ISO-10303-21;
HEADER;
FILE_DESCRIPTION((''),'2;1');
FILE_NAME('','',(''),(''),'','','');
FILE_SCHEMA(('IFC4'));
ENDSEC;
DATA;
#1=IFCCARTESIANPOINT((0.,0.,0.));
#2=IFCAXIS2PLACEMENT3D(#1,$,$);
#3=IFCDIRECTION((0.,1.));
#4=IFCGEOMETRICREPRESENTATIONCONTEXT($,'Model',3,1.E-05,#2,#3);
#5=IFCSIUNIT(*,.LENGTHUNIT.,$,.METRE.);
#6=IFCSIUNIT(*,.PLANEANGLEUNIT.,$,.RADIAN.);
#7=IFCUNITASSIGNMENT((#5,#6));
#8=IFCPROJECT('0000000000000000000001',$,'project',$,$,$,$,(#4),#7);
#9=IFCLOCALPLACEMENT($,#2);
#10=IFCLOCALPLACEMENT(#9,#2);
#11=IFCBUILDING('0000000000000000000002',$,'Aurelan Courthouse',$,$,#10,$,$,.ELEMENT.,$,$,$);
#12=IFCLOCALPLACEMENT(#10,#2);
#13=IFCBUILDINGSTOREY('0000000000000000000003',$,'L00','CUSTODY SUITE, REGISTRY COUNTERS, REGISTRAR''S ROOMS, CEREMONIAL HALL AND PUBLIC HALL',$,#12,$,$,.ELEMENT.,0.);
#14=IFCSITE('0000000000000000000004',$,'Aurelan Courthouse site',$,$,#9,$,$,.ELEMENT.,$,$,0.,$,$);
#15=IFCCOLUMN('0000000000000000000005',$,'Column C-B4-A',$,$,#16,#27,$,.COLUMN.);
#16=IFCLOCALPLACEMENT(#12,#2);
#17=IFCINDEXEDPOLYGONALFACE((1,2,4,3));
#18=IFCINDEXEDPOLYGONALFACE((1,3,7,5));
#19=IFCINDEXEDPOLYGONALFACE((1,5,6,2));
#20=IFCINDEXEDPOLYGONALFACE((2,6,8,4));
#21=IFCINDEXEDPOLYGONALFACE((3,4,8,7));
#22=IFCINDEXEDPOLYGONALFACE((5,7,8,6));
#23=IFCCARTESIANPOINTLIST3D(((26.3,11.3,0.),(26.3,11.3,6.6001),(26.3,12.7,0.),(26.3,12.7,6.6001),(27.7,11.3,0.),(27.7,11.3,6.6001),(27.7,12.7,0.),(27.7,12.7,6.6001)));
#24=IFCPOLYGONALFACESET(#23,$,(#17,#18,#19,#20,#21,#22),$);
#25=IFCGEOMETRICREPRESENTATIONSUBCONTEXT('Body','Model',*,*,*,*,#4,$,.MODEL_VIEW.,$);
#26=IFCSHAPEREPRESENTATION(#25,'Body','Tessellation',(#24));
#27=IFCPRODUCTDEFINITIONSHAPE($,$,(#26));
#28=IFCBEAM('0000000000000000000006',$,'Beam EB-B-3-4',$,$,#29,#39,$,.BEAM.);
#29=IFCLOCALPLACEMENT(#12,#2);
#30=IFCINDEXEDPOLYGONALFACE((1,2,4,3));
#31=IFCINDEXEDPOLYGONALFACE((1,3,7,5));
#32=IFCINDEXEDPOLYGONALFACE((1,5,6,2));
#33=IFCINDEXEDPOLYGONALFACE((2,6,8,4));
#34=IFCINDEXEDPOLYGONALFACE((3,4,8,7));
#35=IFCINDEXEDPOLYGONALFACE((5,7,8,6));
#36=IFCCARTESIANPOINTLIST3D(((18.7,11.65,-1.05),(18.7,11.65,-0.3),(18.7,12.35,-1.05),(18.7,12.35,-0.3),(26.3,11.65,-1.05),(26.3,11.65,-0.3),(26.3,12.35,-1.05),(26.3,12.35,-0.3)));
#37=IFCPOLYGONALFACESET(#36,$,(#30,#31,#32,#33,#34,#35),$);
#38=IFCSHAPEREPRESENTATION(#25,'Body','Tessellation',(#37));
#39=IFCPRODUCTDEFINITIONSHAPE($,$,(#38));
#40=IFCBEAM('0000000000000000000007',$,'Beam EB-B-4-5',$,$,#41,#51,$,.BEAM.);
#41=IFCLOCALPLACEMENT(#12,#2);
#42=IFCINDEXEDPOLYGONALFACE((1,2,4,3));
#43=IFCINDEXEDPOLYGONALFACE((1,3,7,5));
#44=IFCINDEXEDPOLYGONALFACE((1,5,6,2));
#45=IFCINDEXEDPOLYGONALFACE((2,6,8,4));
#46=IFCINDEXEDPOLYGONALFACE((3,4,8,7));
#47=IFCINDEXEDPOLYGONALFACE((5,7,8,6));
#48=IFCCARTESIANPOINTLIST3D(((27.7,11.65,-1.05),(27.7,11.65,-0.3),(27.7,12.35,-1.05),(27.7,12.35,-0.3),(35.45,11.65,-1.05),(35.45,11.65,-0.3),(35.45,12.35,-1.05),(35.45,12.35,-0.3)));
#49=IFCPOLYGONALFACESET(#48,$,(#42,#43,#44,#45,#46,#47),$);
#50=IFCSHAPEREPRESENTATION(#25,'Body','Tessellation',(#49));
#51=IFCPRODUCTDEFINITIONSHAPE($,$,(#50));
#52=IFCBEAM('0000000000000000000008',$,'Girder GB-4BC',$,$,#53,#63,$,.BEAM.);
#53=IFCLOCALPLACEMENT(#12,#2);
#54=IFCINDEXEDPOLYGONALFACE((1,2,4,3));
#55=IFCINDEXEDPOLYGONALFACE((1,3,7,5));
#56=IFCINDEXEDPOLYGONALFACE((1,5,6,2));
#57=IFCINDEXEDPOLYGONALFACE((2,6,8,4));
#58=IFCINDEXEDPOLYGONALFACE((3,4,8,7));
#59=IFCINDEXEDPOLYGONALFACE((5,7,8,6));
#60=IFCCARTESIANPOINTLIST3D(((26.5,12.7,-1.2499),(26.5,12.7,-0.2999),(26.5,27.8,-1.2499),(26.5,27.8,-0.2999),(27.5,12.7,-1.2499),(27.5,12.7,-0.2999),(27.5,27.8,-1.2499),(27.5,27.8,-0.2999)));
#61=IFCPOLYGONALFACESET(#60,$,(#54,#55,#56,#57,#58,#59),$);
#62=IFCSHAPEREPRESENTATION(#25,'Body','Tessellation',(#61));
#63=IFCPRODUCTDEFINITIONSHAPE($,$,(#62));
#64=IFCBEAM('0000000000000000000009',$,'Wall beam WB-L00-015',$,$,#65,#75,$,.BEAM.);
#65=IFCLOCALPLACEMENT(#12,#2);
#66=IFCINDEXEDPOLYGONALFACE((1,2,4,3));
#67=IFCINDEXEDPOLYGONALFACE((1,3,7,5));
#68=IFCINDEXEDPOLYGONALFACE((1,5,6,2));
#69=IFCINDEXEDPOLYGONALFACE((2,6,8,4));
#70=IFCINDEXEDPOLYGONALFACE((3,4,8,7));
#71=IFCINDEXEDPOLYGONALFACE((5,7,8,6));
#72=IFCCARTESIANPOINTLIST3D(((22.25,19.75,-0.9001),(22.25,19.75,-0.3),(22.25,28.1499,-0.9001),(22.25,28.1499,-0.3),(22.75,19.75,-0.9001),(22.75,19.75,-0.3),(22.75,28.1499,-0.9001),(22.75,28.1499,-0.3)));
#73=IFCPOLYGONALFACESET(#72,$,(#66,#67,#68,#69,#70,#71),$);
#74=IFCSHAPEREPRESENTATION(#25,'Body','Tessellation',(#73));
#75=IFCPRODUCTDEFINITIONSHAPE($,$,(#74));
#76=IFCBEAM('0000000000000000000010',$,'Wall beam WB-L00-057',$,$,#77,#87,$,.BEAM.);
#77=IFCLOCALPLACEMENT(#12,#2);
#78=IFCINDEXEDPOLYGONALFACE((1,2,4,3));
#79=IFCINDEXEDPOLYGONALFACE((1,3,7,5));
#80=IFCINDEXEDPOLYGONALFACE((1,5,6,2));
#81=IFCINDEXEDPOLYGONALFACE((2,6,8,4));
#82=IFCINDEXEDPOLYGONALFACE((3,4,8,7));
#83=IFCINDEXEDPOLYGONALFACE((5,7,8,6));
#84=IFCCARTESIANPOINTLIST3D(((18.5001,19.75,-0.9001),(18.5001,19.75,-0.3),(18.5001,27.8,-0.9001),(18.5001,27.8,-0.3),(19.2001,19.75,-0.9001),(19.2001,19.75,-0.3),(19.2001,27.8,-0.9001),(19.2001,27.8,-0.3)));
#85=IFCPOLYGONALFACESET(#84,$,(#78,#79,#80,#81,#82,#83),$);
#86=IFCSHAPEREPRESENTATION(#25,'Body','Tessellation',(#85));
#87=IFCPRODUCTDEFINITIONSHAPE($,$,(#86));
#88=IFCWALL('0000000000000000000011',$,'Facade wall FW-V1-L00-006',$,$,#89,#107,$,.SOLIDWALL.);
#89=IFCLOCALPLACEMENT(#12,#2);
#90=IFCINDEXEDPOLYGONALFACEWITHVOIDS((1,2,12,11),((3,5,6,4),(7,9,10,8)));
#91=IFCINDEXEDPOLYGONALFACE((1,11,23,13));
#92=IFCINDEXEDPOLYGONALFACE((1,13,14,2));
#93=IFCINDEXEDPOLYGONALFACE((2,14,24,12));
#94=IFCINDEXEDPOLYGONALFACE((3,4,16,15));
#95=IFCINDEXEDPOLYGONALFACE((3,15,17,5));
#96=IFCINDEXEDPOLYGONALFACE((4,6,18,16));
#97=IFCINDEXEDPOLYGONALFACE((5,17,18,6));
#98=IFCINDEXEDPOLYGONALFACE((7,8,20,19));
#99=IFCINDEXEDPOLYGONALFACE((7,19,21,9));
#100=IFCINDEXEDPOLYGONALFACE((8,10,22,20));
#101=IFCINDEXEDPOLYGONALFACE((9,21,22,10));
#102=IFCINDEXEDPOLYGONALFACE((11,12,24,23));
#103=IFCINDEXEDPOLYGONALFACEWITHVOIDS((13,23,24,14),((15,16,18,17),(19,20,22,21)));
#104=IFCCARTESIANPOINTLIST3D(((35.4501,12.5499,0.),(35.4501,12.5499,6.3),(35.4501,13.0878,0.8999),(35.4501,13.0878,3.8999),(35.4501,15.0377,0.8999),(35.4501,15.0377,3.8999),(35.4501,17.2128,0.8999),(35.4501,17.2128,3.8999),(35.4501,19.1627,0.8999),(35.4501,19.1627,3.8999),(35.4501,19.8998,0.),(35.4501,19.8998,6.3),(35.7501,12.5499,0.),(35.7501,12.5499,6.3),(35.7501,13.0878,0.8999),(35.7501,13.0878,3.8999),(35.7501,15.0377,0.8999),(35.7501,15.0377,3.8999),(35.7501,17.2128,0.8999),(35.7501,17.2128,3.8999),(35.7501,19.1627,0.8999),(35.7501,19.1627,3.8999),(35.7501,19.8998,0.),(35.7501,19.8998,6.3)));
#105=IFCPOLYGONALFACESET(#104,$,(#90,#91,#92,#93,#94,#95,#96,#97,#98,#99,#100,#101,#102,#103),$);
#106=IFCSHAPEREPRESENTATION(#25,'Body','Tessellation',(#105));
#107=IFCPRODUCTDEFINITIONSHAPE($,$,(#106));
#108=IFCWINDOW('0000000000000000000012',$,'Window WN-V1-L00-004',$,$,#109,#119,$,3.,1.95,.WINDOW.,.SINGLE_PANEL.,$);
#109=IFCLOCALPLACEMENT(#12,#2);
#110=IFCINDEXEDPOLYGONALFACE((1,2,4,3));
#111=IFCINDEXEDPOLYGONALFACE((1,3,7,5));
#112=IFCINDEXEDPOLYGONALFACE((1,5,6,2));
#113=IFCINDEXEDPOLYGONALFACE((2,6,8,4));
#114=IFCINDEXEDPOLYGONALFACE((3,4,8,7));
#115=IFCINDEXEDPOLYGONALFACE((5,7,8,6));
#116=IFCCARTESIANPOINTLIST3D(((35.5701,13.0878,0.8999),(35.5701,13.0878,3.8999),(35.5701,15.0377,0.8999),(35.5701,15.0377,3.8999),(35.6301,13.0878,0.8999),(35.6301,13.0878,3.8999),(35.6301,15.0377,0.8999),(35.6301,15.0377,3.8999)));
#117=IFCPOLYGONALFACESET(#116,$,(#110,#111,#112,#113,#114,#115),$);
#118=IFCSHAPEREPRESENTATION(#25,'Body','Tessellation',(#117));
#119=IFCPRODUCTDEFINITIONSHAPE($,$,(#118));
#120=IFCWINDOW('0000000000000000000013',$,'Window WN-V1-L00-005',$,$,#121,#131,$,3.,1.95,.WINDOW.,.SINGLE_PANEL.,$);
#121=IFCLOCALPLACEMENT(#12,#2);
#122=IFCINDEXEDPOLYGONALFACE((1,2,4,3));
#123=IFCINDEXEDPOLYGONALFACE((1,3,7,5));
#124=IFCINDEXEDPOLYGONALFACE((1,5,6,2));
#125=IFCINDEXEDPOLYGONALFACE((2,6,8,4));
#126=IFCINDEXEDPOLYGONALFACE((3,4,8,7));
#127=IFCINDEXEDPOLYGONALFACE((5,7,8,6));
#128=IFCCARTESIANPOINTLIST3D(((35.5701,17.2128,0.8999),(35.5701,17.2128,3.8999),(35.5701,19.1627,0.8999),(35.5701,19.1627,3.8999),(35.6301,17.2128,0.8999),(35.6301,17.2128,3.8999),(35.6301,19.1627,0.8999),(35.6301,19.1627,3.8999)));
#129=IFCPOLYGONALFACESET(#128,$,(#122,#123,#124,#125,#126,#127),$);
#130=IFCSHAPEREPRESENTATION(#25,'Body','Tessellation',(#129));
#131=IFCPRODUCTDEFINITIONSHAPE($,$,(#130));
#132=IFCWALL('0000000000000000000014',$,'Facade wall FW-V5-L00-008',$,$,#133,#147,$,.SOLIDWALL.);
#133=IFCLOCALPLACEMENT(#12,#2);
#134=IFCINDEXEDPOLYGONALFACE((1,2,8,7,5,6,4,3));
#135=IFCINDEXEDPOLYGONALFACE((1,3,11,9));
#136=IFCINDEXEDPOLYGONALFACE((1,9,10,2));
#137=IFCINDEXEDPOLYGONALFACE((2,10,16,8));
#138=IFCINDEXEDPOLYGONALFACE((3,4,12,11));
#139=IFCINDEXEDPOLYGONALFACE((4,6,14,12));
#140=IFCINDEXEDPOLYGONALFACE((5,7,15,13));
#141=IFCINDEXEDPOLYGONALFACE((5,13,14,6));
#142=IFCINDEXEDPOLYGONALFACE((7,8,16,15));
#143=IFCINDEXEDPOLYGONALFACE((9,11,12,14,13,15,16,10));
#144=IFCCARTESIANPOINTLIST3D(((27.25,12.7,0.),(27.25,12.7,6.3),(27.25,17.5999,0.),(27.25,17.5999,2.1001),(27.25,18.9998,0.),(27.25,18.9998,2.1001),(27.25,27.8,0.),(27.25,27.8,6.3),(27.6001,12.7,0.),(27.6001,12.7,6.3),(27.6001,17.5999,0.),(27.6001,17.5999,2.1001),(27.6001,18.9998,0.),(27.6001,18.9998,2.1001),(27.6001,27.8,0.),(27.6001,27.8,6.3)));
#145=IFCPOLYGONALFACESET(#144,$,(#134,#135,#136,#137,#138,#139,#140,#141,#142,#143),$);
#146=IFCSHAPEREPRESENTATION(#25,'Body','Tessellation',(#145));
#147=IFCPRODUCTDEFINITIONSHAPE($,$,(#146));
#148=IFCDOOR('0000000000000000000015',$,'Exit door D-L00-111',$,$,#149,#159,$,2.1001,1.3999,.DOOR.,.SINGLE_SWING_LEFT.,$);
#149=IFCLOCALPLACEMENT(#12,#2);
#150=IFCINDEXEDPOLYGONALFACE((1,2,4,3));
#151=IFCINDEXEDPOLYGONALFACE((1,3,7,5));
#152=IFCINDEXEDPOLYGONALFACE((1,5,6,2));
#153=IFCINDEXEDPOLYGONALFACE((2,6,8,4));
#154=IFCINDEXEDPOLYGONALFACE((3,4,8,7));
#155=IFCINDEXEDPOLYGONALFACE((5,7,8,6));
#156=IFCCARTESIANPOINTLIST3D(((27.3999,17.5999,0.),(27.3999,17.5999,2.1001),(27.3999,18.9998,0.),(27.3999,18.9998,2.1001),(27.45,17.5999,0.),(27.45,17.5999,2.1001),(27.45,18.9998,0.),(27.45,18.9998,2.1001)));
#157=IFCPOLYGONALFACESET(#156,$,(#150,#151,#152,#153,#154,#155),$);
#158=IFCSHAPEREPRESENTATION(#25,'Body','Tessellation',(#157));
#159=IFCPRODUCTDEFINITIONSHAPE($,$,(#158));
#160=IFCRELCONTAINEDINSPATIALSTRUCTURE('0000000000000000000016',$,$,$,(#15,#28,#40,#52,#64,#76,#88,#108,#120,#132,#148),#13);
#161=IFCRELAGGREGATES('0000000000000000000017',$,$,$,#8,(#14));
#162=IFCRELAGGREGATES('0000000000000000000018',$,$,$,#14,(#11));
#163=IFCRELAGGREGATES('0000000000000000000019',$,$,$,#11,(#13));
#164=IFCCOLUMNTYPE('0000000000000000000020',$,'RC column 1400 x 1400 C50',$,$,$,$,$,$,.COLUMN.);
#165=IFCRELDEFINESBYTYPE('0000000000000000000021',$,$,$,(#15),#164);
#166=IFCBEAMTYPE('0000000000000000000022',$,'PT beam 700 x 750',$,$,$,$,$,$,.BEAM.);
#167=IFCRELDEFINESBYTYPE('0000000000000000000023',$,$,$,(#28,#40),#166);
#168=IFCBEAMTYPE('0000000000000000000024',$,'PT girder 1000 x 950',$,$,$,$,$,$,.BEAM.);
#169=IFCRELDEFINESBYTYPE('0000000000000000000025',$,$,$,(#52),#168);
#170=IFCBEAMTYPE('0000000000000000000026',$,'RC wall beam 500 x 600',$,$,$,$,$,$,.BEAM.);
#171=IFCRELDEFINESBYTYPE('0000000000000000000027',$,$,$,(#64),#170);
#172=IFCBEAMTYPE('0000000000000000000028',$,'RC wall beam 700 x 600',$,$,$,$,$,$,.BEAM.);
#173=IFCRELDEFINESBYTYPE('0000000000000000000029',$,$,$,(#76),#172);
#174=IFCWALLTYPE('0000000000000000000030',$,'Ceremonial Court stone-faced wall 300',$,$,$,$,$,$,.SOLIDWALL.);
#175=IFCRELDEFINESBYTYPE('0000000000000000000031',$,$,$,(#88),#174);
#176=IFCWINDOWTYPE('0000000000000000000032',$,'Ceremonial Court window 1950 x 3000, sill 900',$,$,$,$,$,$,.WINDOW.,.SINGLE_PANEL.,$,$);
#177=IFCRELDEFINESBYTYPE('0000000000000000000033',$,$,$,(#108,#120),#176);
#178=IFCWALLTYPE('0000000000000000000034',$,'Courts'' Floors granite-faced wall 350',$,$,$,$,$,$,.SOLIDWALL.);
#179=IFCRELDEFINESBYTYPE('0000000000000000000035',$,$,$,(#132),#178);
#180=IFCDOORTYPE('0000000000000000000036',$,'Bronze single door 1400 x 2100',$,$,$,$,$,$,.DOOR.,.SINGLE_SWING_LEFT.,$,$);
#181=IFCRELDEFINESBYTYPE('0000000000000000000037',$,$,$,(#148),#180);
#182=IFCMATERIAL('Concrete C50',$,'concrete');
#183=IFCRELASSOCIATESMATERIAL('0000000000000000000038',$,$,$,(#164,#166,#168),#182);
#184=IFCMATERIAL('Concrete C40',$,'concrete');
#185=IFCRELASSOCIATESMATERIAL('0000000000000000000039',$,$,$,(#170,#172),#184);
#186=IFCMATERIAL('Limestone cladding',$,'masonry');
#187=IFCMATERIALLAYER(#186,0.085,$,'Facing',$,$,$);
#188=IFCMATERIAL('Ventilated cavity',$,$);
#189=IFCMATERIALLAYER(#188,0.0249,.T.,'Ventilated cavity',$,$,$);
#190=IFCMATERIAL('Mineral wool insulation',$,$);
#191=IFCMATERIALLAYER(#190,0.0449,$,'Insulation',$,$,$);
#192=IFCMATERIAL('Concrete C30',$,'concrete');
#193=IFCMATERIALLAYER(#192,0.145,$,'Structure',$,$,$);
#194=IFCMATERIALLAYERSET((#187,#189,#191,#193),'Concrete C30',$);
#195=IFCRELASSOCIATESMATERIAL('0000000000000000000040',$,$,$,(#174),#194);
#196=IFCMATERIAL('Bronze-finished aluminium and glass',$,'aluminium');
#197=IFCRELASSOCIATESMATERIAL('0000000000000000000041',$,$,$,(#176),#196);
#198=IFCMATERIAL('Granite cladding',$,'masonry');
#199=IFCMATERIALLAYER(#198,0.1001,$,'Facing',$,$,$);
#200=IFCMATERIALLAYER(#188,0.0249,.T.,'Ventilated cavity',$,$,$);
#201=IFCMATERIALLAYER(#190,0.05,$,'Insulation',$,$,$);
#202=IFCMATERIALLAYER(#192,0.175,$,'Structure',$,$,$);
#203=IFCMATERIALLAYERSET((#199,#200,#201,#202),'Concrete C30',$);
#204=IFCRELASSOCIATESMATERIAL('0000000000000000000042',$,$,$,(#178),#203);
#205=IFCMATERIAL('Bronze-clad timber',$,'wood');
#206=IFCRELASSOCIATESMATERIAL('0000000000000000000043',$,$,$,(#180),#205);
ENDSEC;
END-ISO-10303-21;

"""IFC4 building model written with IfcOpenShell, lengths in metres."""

from ifc_helpers import new_model, si_unit, direction, frame, frame_2d, origin, origin_2d, place, context, subcontext, project, spatial, rectangle, extrude, material, layer, layer_set, material_profile, profile_set, type_object, element, fill, save


model = new_model("IFC4")

# Units and contexts
model_context = context("Model", 3, precision=1e-05, world=origin(), true_north=direction((0.0, 1.0)))
body_context = subcontext(model_context, "Body", "Model", "MODEL_VIEW")
ifc_project = project(units=[si_unit("LENGTHUNIT", "METRE"), si_unit("PLANEANGLEUNIT", "RADIAN")], contexts=[model_context])

# Site, building, storey
site_placement = place(None, origin())
site = spatial("IfcSite", under=ifc_project, at=site_placement, Name="Aurelan Courthouse site", CompositionType="ELEMENT", RefElevation=0.0)
building_placement = place(site_placement, origin())
building = spatial("IfcBuilding", under=site, at=building_placement, Name="Aurelan Courthouse", CompositionType="ELEMENT")
storey_placement = place(building_placement, origin())
storey = spatial("IfcBuildingStorey", under=building, at=storey_placement, Name="L00", Description="CUSTODY SUITE, REGISTRY COUNTERS, REGISTRAR'S ROOMS, CEREMONIAL HALL AND PUBLIC HALL", CompositionType="ELEMENT", Elevation=0.0)

# Column
ifc_material_1 = material(Name="Concrete C50", Category="concrete")
ifc_material_profile_1 = material_profile(ifc_material_1, rectangle(XDim=1.3999, YDim=1.3999, at=origin_2d()), Name="RC 1400 x 1400")
ifc_profile_set_1 = profile_set([ifc_material_profile_1], Name="Concrete C50")
column_type = type_object("IfcColumnType", Name="RC column 1400 x 1400 C50", PredefinedType="COLUMN", material=ifc_profile_set_1)
column_placement = place(storey_placement, frame((27.0, 12.0, 0.0), z_axis=(0.0, 0.0, 1.0), x_axis=(1.0, 0.0, 0.0)))
element("IfcColumn", 1, at=column_placement, inside=storey, type_object=column_type, Name="Column C-B4-A", PredefinedType="COLUMN", context=body_context, shape_type="SweptSolid", body=[
    extrude(rectangle(XDim=1.3999, YDim=1.3999, at=origin_2d()), origin(), (0.0, 0.0, 1.0), 6.6001),
])

# Beams
ifc_material_profile_2 = material_profile(ifc_material_1, rectangle(XDim=0.7, YDim=0.75, at=origin_2d()), Name="RC 700 x 750")
ifc_profile_set_2 = profile_set([ifc_material_profile_2], Name="Concrete C50")
beam_type_1 = type_object("IfcBeamType", Name="PT beam 700 x 750", PredefinedType="BEAM", material=ifc_profile_set_2)
beam_1_placement = place(storey_placement, frame((18.7, 12.0, -0.675), z_axis=(1.0, 0.0, 0.0), x_axis=(0.0, 1.0, 0.0)))
element("IfcBeam", 2, at=beam_1_placement, inside=storey, type_object=beam_type_1, Name="Beam EB-B-3-4", PredefinedType="BEAM", context=body_context, shape_type="SweptSolid", body=[
    extrude(rectangle(XDim=0.7, YDim=0.75, at=origin_2d()), origin(), (0.0, 0.0, 1.0), 7.6001),
])
beam_2_placement = place(storey_placement, frame((27.7, 12.0, -0.675), z_axis=(1.0, 0.0, 0.0), x_axis=(0.0, 1.0, 0.0)))
element("IfcBeam", 3, at=beam_2_placement, inside=storey, type_object=beam_type_1, Name="Beam EB-B-4-5", PredefinedType="BEAM", context=body_context, shape_type="SweptSolid", body=[
    extrude(rectangle(XDim=0.7, YDim=0.75, at=origin_2d()), origin(), (0.0, 0.0, 1.0), 7.75),
])
ifc_material_profile_3 = material_profile(ifc_material_1, rectangle(XDim=1.0, YDim=0.95, at=origin_2d()), Name="RC 1000 x 950")
ifc_profile_set_3 = profile_set([ifc_material_profile_3], Name="Concrete C50")
beam_type_2 = type_object("IfcBeamType", Name="PT girder 1000 x 950", PredefinedType="BEAM", material=ifc_profile_set_3)
beam_3_placement = place(storey_placement, frame((27.0, 12.7, -0.7749), z_axis=(0.0, 1.0, 0.0), x_axis=(-1.0, 0.0, 0.0)))
element("IfcBeam", 4, at=beam_3_placement, inside=storey, type_object=beam_type_2, Name="Girder GB-4BC", PredefinedType="BEAM", context=body_context, shape_type="SweptSolid", body=[
    extrude(rectangle(XDim=1.0, YDim=0.95, at=origin_2d()), origin(), (0.0, 0.0, 1.0), 15.1001),
])
ifc_material_2 = material(Name="Concrete C40", Category="concrete")
ifc_material_profile_4 = material_profile(ifc_material_2, rectangle(XDim=0.5, YDim=0.6001, at=origin_2d()), Name="RC 500 x 600")
ifc_profile_set_4 = profile_set([ifc_material_profile_4], Name="Concrete C40")
beam_type_3 = type_object("IfcBeamType", Name="RC wall beam 500 x 600", PredefinedType="BEAM", material=ifc_profile_set_4)
beam_4_placement = place(storey_placement, frame((22.5, 19.75, -0.6001), z_axis=(0.0, 1.0, 0.0), x_axis=(-1.0, 0.0, 0.0)))
element("IfcBeam", 5, at=beam_4_placement, inside=storey, type_object=beam_type_3, Name="Wall beam WB-L00-015", PredefinedType="BEAM", context=body_context, shape_type="SweptSolid", body=[
    extrude(rectangle(XDim=0.5, YDim=0.6001, at=origin_2d()), origin(), (0.0, 0.0, 1.0), 8.3999),
])
ifc_material_profile_5 = material_profile(ifc_material_2, rectangle(XDim=0.7, YDim=0.6001, at=origin_2d()), Name="RC 700 x 600")
ifc_profile_set_5 = profile_set([ifc_material_profile_5], Name="Concrete C40")
beam_type_4 = type_object("IfcBeamType", Name="RC wall beam 700 x 600", PredefinedType="BEAM", material=ifc_profile_set_5)
beam_5_placement = place(storey_placement, frame((18.8501, 19.75, -0.6001), z_axis=(0.0, 1.0, 0.0), x_axis=(-1.0, 0.0, 0.0)))
element("IfcBeam", 6, at=beam_5_placement, inside=storey, type_object=beam_type_4, Name="Wall beam WB-L00-057", PredefinedType="BEAM", context=body_context, shape_type="SweptSolid", body=[
    extrude(rectangle(XDim=0.7, YDim=0.6001, at=origin_2d()), origin(), (0.0, 0.0, 1.0), 8.05),
])

# Wall, openings, windows
ifc_material_3 = material(Name="Limestone cladding", Category="masonry")
ifc_layer_1 = layer(ifc_material_3, 0.085, Name="Facing")
ifc_material_4 = material(Name="Ventilated cavity")
ifc_layer_2 = layer(ifc_material_4, 0.0249, ventilated=True, Name="Ventilated cavity")
ifc_material_5 = material(Name="Mineral wool insulation")
ifc_layer_3 = layer(ifc_material_5, 0.0449, Name="Insulation")
ifc_material_6 = material(Name="Concrete C30", Category="concrete")
ifc_layer_4 = layer(ifc_material_6, 0.145, Name="Structure")
ifc_layer_set_1 = layer_set([ifc_layer_1, ifc_layer_2, ifc_layer_3, ifc_layer_4], Name="Concrete C30")
wall_type_1 = type_object("IfcWallType", Name="Ceremonial Court stone-faced wall 300", PredefinedType="SOLIDWALL", material=ifc_layer_set_1)
wall_1_placement = place(storey_placement, frame((35.6001, 12.55, 0.0), z_axis=(0.0, 0.0, 1.0), x_axis=(0.0, 1.0, 0.0)))
wall_1 = element("IfcWall", 7, at=wall_1_placement, inside=storey, type_object=wall_type_1, Name="Facade wall FW-V1-L00-006", PredefinedType="SOLIDWALL", context=body_context, shape_type="SweptSolid", body=[
    extrude(rectangle(XDim=7.3499, YDim=0.3, at=frame_2d((3.6748, 0.0))), origin(), (0.0, 0.0, 1.0), 6.3),
])
opening_1_placement = place(wall_1_placement, frame((0.5376, 0.0, 0.8999)))
opening_1 = element("IfcOpeningElement", 8, at=opening_1_placement, cuts=wall_1, PredefinedType="OPENING", context=body_context, shape_type="SweptSolid", body=[
    extrude(rectangle(XDim=1.95, YDim=3.0, at=frame_2d((0.9751, 1.5))), frame((0.0, 0.1599, 0.0), z_axis=(0.0, -1.0, 0.0), x_axis=(1.0, 0.0, 0.0)), (0.0, 0.0, 1.0), 0.3201),
])
opening_2_placement = place(wall_1_placement, frame((4.6626, 0.0, 0.8999)))
opening_2 = element("IfcOpeningElement", 9, at=opening_2_placement, cuts=wall_1, PredefinedType="OPENING", context=body_context, shape_type="SweptSolid", body=[
    extrude(rectangle(XDim=1.95, YDim=3.0, at=frame_2d((0.9751, 1.5))), frame((0.0, 0.1599, 0.0), z_axis=(0.0, -1.0, 0.0), x_axis=(1.0, 0.0, 0.0)), (0.0, 0.0, 1.0), 0.3201),
])
ifc_material_7 = material(Name="Bronze-finished aluminium and glass", Category="aluminium")
window_type = type_object("IfcWindowType", Name="Ceremonial Court window 1950 x 3000, sill 900", PartitioningType="SINGLE_PANEL", PredefinedType="WINDOW", material=ifc_material_7)
window_1_placement = place(opening_1_placement, origin())
window_1 = element("IfcWindow", 10, at=window_1_placement, inside=storey, type_object=window_type, Name="Window WN-V1-L00-004", OverallHeight=3.0, OverallWidth=1.95, PartitioningType="SINGLE_PANEL", PredefinedType="WINDOW", context=body_context, shape_type="SweptSolid", body=[
    extrude(rectangle(XDim=1.95, YDim=3.0, at=frame_2d((0.9751, 1.5))), frame((0.0, 0.03, 0.0), z_axis=(0.0, -1.0, 0.0), x_axis=(1.0, 0.0, 0.0)), (0.0, 0.0, 1.0), 0.0601),
])
fill(opening_1, window_1)
window_2_placement = place(opening_2_placement, origin())
window_2 = element("IfcWindow", 11, at=window_2_placement, inside=storey, type_object=window_type, Name="Window WN-V1-L00-005", OverallHeight=3.0, OverallWidth=1.95, PartitioningType="SINGLE_PANEL", PredefinedType="WINDOW", context=body_context, shape_type="SweptSolid", body=[
    extrude(rectangle(XDim=1.95, YDim=3.0, at=frame_2d((0.9751, 1.5))), frame((0.0, 0.03, 0.0), z_axis=(0.0, -1.0, 0.0), x_axis=(1.0, 0.0, 0.0)), (0.0, 0.0, 1.0), 0.0601),
])
fill(opening_2, window_2)

# Wall, opening, door
ifc_material_8 = material(Name="Granite cladding", Category="masonry")
ifc_layer_5 = layer(ifc_material_8, 0.1001, Name="Facing")
ifc_layer_6 = layer(ifc_material_4, 0.0249, ventilated=True, Name="Ventilated cavity")
ifc_layer_7 = layer(ifc_material_5, 0.05, Name="Insulation")
ifc_layer_8 = layer(ifc_material_6, 0.175, Name="Structure")
ifc_layer_set_2 = layer_set([ifc_layer_5, ifc_layer_6, ifc_layer_7, ifc_layer_8], Name="Concrete C30")
wall_type_2 = type_object("IfcWallType", Name="Courts' Floors granite-faced wall 350", PredefinedType="SOLIDWALL", material=ifc_layer_set_2)
wall_2_placement = place(storey_placement, frame((27.425, 12.7, 0.0), z_axis=(0.0, 0.0, 1.0), x_axis=(0.0, 1.0, 0.0)))
wall_2 = element("IfcWall", 12, at=wall_2_placement, inside=storey, type_object=wall_type_2, Name="Facade wall FW-V5-L00-008", PredefinedType="SOLIDWALL", context=body_context, shape_type="SweptSolid", body=[
    extrude(rectangle(XDim=15.1001, YDim=0.3501, at=frame_2d((7.55, 0.0))), origin(), (0.0, 0.0, 1.0), 6.3),
])
opening_3_placement = place(wall_2_placement, frame((6.2998, 0.0, 0.0), z_axis=(0.0, 0.0, 1.0), x_axis=(-1.0, 0.0, 0.0)))
opening_3 = element("IfcOpeningElement", 13, at=opening_3_placement, cuts=wall_2, PredefinedType="OPENING", context=body_context, shape_type="SweptSolid", body=[
    extrude(rectangle(XDim=1.3999, YDim=2.1001, at=frame_2d((0.7, 1.05))), frame((0.0, 0.1851, 0.0), z_axis=(0.0, -1.0, 0.0), x_axis=(1.0, 0.0, 0.0)), (0.0, 0.0, 1.0), 0.3701),
])
ifc_material_9 = material(Name="Bronze-clad timber", Category="wood")
door_type = type_object("IfcDoorType", Name="Bronze single door 1400 x 2100", OperationType="SINGLE_SWING_LEFT", PredefinedType="DOOR", material=ifc_material_9)
door_placement = place(opening_3_placement, origin())
door = element("IfcDoor", 14, at=door_placement, inside=storey, type_object=door_type, Name="Exit door D-L00-111", OperationType="SINGLE_SWING_LEFT", OverallHeight=2.1001, OverallWidth=1.3999, PredefinedType="DOOR", context=body_context, shape_type="SweptSolid", body=[
    extrude(rectangle(XDim=1.3999, YDim=2.1001, at=frame_2d((0.7, 1.05))), frame((0.0, 0.0249, 0.0), z_axis=(0.0, -1.0, 0.0), x_axis=(1.0, 0.0, 0.0)), (0.0, 0.0, 1.0), 0.05),
])
fill(opening_3, door)

save(model, "model.ifc")
